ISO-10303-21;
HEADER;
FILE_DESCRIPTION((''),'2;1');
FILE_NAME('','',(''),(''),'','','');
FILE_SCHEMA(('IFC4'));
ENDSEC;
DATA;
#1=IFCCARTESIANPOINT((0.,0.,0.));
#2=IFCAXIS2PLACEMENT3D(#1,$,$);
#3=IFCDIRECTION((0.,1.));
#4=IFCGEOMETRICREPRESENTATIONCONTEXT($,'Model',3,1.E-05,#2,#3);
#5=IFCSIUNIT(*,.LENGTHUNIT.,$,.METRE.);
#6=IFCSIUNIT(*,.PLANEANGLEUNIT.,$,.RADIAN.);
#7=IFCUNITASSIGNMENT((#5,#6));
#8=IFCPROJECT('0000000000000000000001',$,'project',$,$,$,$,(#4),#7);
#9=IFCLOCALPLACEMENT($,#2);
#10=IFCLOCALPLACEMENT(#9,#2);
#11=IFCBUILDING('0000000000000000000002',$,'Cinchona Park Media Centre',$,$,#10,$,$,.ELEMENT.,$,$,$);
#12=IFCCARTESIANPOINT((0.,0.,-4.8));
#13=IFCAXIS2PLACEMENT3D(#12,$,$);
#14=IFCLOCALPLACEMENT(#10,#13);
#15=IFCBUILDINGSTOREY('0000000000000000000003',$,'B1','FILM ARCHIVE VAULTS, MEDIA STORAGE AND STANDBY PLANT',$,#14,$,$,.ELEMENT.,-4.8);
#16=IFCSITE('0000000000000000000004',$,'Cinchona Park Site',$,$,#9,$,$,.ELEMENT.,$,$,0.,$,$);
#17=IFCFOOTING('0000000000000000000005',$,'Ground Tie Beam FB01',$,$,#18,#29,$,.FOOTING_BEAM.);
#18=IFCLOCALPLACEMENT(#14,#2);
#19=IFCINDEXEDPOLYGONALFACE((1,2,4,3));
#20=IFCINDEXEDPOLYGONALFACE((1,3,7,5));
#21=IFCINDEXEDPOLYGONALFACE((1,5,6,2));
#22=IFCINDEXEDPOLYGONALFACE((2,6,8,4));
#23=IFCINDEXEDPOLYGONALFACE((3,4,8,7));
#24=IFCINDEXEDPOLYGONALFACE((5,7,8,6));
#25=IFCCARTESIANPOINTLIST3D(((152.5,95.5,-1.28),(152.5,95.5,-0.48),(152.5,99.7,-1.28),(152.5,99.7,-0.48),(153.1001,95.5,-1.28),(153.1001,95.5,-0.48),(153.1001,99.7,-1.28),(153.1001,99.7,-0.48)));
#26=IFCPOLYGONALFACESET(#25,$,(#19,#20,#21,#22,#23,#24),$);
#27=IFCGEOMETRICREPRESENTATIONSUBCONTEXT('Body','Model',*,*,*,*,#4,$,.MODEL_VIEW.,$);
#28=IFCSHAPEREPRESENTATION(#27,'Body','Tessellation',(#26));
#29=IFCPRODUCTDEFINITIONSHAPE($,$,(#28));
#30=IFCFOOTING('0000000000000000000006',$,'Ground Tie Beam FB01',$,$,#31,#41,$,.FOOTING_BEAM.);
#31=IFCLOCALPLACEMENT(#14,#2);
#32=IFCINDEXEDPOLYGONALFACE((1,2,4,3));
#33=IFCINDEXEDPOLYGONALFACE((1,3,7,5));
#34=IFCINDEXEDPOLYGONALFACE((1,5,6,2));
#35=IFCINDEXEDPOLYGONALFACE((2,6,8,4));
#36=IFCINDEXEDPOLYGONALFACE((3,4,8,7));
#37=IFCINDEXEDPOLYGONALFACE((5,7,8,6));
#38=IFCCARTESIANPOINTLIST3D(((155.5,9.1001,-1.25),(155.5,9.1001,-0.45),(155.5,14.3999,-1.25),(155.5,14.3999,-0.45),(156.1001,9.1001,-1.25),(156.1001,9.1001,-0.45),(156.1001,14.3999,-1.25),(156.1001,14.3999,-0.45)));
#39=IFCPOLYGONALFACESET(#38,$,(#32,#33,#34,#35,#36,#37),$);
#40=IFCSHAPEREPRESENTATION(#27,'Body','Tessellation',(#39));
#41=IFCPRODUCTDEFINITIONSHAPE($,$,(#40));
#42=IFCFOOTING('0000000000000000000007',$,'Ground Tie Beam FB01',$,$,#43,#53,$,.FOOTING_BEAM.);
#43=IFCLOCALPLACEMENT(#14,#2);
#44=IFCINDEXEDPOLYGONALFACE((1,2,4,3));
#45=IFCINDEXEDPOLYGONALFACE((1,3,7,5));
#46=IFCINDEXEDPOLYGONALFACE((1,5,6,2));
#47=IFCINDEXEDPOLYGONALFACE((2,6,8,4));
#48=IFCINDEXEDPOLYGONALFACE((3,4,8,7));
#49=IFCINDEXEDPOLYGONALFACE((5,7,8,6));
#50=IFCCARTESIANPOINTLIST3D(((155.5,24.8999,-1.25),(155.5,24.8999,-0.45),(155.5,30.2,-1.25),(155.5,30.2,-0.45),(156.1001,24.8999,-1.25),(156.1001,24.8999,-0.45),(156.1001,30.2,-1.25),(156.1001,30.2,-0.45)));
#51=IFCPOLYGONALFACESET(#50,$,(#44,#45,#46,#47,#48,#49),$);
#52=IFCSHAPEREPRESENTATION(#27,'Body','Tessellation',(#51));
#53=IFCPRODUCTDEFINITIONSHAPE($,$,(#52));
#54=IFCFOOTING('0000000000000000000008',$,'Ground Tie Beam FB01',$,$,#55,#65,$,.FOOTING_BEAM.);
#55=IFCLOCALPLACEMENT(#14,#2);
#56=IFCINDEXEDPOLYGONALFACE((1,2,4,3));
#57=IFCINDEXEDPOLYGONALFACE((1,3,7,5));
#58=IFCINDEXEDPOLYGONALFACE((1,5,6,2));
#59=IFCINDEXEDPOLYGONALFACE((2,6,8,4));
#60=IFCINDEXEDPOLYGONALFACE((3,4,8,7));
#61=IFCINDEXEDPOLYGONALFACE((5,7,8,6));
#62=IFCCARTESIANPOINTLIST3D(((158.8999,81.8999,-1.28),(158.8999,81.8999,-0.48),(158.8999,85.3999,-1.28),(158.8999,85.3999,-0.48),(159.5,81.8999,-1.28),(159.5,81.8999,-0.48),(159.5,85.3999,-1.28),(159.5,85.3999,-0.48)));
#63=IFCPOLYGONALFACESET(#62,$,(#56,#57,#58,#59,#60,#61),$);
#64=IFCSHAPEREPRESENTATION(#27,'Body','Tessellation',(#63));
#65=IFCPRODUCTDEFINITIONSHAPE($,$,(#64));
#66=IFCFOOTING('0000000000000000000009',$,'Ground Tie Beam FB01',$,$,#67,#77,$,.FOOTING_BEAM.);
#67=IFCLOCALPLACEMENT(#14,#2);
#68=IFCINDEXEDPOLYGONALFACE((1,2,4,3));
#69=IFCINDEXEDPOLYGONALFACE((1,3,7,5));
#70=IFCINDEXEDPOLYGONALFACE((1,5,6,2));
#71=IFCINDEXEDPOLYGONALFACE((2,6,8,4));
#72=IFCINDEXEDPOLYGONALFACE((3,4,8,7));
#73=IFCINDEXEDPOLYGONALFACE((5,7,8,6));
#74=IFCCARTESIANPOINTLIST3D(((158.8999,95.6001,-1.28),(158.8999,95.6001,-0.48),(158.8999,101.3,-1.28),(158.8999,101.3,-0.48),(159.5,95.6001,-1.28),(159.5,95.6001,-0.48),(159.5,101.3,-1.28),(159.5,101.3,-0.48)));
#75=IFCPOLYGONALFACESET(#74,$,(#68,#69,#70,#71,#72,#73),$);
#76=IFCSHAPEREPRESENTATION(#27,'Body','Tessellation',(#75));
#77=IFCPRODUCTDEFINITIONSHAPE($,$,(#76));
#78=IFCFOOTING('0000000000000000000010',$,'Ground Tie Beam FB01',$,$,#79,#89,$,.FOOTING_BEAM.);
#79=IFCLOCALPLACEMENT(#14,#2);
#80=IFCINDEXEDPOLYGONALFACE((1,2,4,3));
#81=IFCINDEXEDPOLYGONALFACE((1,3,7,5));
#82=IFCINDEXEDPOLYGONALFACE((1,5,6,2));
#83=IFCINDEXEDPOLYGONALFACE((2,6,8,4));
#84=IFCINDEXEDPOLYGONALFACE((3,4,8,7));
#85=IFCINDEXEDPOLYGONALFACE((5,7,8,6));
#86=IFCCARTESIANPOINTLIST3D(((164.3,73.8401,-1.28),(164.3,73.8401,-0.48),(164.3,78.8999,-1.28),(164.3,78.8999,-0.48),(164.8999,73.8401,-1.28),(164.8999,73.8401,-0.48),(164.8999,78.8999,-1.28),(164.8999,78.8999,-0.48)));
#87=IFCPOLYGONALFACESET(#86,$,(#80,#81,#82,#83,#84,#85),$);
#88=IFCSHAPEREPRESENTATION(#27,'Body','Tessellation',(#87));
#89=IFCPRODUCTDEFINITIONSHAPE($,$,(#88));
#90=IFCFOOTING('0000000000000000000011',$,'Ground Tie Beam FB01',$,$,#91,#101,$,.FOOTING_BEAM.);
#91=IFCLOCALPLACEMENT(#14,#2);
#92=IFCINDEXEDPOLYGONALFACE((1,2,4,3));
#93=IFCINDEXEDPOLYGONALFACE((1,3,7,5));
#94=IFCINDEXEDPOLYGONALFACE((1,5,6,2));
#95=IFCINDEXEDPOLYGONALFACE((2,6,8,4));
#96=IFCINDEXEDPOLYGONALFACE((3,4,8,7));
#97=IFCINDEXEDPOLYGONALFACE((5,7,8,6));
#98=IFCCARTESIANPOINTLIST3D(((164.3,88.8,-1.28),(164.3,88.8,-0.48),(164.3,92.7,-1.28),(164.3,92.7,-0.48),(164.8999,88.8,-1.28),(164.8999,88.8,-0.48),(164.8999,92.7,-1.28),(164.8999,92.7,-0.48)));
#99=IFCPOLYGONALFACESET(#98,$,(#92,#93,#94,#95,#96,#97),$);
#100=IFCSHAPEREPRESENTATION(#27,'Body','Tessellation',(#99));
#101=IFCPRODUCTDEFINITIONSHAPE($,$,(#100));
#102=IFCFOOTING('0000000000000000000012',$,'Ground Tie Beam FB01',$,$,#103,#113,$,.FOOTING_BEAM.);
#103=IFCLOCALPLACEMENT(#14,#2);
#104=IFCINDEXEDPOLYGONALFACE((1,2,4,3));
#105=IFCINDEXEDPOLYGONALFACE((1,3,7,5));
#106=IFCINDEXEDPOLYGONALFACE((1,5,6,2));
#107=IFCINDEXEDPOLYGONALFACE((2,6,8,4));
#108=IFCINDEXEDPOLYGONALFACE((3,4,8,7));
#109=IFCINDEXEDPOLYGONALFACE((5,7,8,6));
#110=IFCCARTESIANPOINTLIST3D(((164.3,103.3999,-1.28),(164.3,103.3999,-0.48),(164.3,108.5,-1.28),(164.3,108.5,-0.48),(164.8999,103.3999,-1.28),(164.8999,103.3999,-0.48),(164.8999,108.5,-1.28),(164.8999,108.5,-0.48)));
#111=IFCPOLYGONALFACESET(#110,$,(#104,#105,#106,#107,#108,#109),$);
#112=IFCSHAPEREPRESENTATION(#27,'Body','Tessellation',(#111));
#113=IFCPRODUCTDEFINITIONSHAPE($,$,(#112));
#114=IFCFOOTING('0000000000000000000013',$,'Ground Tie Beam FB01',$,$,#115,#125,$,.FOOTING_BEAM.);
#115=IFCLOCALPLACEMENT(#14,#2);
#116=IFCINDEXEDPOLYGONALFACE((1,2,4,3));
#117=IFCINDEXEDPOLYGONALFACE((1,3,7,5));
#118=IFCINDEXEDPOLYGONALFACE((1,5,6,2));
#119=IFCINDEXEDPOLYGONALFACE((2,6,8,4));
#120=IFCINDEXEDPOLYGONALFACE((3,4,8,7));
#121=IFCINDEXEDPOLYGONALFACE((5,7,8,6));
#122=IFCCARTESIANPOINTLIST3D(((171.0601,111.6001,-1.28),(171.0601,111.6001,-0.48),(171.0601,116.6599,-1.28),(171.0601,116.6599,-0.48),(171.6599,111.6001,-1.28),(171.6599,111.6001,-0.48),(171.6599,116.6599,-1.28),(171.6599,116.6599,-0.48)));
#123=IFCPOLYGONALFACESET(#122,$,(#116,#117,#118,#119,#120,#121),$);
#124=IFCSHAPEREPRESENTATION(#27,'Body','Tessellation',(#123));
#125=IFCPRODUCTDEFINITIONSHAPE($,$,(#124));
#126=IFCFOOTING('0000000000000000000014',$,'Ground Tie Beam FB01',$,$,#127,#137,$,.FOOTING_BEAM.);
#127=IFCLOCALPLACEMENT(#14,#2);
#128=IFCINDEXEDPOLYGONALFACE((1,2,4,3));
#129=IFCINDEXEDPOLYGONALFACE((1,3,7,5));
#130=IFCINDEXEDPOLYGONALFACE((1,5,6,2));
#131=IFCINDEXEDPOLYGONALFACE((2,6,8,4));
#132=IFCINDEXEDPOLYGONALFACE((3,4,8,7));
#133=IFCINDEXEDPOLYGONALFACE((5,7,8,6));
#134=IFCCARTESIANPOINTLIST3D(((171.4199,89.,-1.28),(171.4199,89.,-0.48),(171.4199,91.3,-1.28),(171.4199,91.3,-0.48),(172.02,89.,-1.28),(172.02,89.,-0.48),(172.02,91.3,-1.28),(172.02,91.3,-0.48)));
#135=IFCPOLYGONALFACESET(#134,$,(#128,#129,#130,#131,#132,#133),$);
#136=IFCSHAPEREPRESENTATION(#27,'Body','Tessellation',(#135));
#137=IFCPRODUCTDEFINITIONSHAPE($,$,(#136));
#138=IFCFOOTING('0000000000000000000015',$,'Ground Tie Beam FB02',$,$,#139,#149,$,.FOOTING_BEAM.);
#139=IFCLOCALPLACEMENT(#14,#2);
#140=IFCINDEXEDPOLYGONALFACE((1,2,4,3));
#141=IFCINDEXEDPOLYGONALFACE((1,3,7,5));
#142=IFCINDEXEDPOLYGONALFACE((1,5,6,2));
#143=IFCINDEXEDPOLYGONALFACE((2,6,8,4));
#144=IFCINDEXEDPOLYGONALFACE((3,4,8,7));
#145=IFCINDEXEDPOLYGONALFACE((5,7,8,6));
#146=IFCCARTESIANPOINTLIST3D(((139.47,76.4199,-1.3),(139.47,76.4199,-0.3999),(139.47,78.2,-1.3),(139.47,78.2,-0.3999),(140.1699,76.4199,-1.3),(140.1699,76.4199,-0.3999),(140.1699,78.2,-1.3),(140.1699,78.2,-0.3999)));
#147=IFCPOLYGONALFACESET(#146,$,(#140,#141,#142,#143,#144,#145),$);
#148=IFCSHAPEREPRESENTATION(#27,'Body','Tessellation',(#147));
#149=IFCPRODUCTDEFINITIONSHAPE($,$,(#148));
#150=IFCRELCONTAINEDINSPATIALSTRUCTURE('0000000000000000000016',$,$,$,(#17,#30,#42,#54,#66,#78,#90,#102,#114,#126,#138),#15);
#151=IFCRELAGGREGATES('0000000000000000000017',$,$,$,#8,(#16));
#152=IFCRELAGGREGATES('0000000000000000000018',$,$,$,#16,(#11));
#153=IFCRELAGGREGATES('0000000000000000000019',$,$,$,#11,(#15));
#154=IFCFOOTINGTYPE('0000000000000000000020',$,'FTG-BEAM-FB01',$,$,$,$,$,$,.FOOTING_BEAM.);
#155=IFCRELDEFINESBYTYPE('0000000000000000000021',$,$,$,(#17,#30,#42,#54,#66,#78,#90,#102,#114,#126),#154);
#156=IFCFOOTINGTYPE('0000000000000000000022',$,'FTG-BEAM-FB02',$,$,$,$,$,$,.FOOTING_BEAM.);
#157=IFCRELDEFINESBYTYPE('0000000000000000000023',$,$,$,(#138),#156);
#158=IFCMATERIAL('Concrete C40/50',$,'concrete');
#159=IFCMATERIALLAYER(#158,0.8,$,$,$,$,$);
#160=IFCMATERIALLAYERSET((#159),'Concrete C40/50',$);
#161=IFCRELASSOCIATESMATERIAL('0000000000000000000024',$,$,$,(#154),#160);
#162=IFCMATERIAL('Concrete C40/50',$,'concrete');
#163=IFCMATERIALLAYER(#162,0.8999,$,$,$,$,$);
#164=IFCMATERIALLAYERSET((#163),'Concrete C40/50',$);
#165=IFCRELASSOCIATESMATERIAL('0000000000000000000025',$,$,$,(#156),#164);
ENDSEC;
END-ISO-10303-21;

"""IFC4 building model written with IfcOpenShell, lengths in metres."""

from ifc_helpers import new_model, si_unit, direction, frame, origin, place, context, subcontext, project, spatial, polyline, outline, extrude, material, layer, layer_set, type_object, element, save


model = new_model("IFC4")

# Units and contexts
model_context = context("Model", 3, precision=1e-05, world=origin(), true_north=direction((0.0, 1.0)))
body_context = subcontext(model_context, "Body", "Model", "MODEL_VIEW")
ifc_project = project(units=[si_unit("LENGTHUNIT", "METRE"), si_unit("PLANEANGLEUNIT", "RADIAN")], contexts=[model_context])

# Site, building, storey
site_placement = place(None, origin())
site = spatial("IfcSite", under=ifc_project, at=site_placement, Name="Cinchona Park Site", CompositionType="ELEMENT", RefElevation=0.0)
building_placement = place(site_placement, origin())
building = spatial("IfcBuilding", under=site, at=building_placement, Name="Cinchona Park Media Centre", CompositionType="ELEMENT")
storey_placement = place(building_placement, frame((0.0, 0.0, -4.8)))
storey = spatial("IfcBuildingStorey", under=building, at=storey_placement, Name="B1", Description="FILM ARCHIVE VAULTS, MEDIA STORAGE AND STANDBY PLANT", CompositionType="ELEMENT", Elevation=-4.8)

# Footings
ifc_material_1 = material(Name="Concrete C40/50", Category="concrete")
ifc_layer_1 = layer(ifc_material_1, 0.8)
ifc_layer_set_1 = layer_set([ifc_layer_1], Name="Concrete C40/50")
footing_type_1 = type_object("IfcFootingType", Name="FTG-BEAM-FB01", PredefinedType="FOOTING_BEAM", material=ifc_layer_set_1)
footing_1_placement = place(storey_placement, frame((0.0, 0.0, -1.28)))
element("IfcFooting", 1, at=footing_1_placement, inside=storey, type_object=footing_type_1, Name="Ground Tie Beam FB01", PredefinedType="FOOTING_BEAM", context=body_context, shape_type="SweptSolid", body=[
    extrude(outline(polyline([(152.5, 95.5), (153.1001, 95.5), (153.1001, 99.7), (152.5, 99.7), (152.5, 95.5)])), origin(), (0.0, 0.0, 1.0), 0.8),
])
footing_2_placement = place(storey_placement, frame((0.0, 0.0, -1.25)))
element("IfcFooting", 2, at=footing_2_placement, inside=storey, type_object=footing_type_1, Name="Ground Tie Beam FB01", PredefinedType="FOOTING_BEAM", context=body_context, shape_type="SweptSolid", body=[
    extrude(outline(polyline([(155.5, 9.1001), (156.1001, 9.1001), (156.1001, 14.3999), (155.5, 14.3999), (155.5, 9.1001)])), origin(), (0.0, 0.0, 1.0), 0.8),
])
footing_3_placement = place(storey_placement, frame((0.0, 0.0, -1.25)))
element("IfcFooting", 3, at=footing_3_placement, inside=storey, type_object=footing_type_1, Name="Ground Tie Beam FB01", PredefinedType="FOOTING_BEAM", context=body_context, shape_type="SweptSolid", body=[
    extrude(outline(polyline([(155.5, 24.8999), (156.1001, 24.8999), (156.1001, 30.2), (155.5, 30.2), (155.5, 24.8999)])), origin(), (0.0, 0.0, 1.0), 0.8),
])
footing_4_placement = place(storey_placement, frame((0.0, 0.0, -1.28)))
element("IfcFooting", 4, at=footing_4_placement, inside=storey, type_object=footing_type_1, Name="Ground Tie Beam FB01", PredefinedType="FOOTING_BEAM", context=body_context, shape_type="SweptSolid", body=[
    extrude(outline(polyline([(158.8999, 81.8999), (159.5, 81.8999), (159.5, 85.3999), (158.8999, 85.3999), (158.8999, 81.8999)])), origin(), (0.0, 0.0, 1.0), 0.8),
])
footing_5_placement = place(storey_placement, frame((0.0, 0.0, -1.28)))
element("IfcFooting", 5, at=footing_5_placement, inside=storey, type_object=footing_type_1, Name="Ground Tie Beam FB01", PredefinedType="FOOTING_BEAM", context=body_context, shape_type="SweptSolid", body=[
    extrude(outline(polyline([(158.8999, 95.6001), (159.5, 95.6001), (159.5, 101.3), (158.8999, 101.3), (158.8999, 95.6001)])), origin(), (0.0, 0.0, 1.0), 0.8),
])
footing_6_placement = place(storey_placement, frame((0.0, 0.0, -1.28)))
element("IfcFooting", 6, at=footing_6_placement, inside=storey, type_object=footing_type_1, Name="Ground Tie Beam FB01", PredefinedType="FOOTING_BEAM", context=body_context, shape_type="SweptSolid", body=[
    extrude(outline(polyline([(164.3, 73.8401), (164.8999, 73.8401), (164.8999, 78.8999), (164.3, 78.8999), (164.3, 73.8401)])), origin(), (0.0, 0.0, 1.0), 0.8),
])
footing_7_placement = place(storey_placement, frame((0.0, 0.0, -1.28)))
element("IfcFooting", 7, at=footing_7_placement, inside=storey, type_object=footing_type_1, Name="Ground Tie Beam FB01", PredefinedType="FOOTING_BEAM", context=body_context, shape_type="SweptSolid", body=[
    extrude(outline(polyline([(164.3, 88.8), (164.8999, 88.8), (164.8999, 92.7), (164.3, 92.7), (164.3, 88.8)])), origin(), (0.0, 0.0, 1.0), 0.8),
])
footing_8_placement = place(storey_placement, frame((0.0, 0.0, -1.28)))
element("IfcFooting", 8, at=footing_8_placement, inside=storey, type_object=footing_type_1, Name="Ground Tie Beam FB01", PredefinedType="FOOTING_BEAM", context=body_context, shape_type="SweptSolid", body=[
    extrude(outline(polyline([(164.3, 103.3999), (164.8999, 103.3999), (164.8999, 108.5), (164.3, 108.5), (164.3, 103.3999)])), origin(), (0.0, 0.0, 1.0), 0.8),
])
footing_9_placement = place(storey_placement, frame((0.0, 0.0, -1.28)))
element("IfcFooting", 9, at=footing_9_placement, inside=storey, type_object=footing_type_1, Name="Ground Tie Beam FB01", PredefinedType="FOOTING_BEAM", context=body_context, shape_type="SweptSolid", body=[
    extrude(outline(polyline([(171.0601, 111.6001), (171.6599, 111.6001), (171.6599, 116.6599), (171.0601, 116.6599), (171.0601, 111.6001)])), origin(), (0.0, 0.0, 1.0), 0.8),
])
footing_10_placement = place(storey_placement, frame((0.0, 0.0, -1.28)))
element("IfcFooting", 10, at=footing_10_placement, inside=storey, type_object=footing_type_1, Name="Ground Tie Beam FB01", PredefinedType="FOOTING_BEAM", context=body_context, shape_type="SweptSolid", body=[
    extrude(outline(polyline([(171.4199, 89.0), (172.02, 89.0), (172.02, 91.3), (171.4199, 91.3), (171.4199, 89.0)])), origin(), (0.0, 0.0, 1.0), 0.8),
])
ifc_material_2 = material(Name="Concrete C40/50", Category="concrete")
ifc_layer_2 = layer(ifc_material_2, 0.8999)
ifc_layer_set_2 = layer_set([ifc_layer_2], Name="Concrete C40/50")
footing_type_2 = type_object("IfcFootingType", Name="FTG-BEAM-FB02", PredefinedType="FOOTING_BEAM", material=ifc_layer_set_2)
footing_11_placement = place(storey_placement, frame((0.0, 0.0, -1.3)))
element("IfcFooting", 11, at=footing_11_placement, inside=storey, type_object=footing_type_2, Name="Ground Tie Beam FB02", PredefinedType="FOOTING_BEAM", context=body_context, shape_type="SweptSolid", body=[
    extrude(outline(polyline([(139.47, 76.4199), (140.1699, 76.4199), (140.1699, 78.2), (139.47, 78.2), (139.47, 76.4199)])), origin(), (0.0, 0.0, 1.0), 0.9001),
])

save(model, "model.ifc")
